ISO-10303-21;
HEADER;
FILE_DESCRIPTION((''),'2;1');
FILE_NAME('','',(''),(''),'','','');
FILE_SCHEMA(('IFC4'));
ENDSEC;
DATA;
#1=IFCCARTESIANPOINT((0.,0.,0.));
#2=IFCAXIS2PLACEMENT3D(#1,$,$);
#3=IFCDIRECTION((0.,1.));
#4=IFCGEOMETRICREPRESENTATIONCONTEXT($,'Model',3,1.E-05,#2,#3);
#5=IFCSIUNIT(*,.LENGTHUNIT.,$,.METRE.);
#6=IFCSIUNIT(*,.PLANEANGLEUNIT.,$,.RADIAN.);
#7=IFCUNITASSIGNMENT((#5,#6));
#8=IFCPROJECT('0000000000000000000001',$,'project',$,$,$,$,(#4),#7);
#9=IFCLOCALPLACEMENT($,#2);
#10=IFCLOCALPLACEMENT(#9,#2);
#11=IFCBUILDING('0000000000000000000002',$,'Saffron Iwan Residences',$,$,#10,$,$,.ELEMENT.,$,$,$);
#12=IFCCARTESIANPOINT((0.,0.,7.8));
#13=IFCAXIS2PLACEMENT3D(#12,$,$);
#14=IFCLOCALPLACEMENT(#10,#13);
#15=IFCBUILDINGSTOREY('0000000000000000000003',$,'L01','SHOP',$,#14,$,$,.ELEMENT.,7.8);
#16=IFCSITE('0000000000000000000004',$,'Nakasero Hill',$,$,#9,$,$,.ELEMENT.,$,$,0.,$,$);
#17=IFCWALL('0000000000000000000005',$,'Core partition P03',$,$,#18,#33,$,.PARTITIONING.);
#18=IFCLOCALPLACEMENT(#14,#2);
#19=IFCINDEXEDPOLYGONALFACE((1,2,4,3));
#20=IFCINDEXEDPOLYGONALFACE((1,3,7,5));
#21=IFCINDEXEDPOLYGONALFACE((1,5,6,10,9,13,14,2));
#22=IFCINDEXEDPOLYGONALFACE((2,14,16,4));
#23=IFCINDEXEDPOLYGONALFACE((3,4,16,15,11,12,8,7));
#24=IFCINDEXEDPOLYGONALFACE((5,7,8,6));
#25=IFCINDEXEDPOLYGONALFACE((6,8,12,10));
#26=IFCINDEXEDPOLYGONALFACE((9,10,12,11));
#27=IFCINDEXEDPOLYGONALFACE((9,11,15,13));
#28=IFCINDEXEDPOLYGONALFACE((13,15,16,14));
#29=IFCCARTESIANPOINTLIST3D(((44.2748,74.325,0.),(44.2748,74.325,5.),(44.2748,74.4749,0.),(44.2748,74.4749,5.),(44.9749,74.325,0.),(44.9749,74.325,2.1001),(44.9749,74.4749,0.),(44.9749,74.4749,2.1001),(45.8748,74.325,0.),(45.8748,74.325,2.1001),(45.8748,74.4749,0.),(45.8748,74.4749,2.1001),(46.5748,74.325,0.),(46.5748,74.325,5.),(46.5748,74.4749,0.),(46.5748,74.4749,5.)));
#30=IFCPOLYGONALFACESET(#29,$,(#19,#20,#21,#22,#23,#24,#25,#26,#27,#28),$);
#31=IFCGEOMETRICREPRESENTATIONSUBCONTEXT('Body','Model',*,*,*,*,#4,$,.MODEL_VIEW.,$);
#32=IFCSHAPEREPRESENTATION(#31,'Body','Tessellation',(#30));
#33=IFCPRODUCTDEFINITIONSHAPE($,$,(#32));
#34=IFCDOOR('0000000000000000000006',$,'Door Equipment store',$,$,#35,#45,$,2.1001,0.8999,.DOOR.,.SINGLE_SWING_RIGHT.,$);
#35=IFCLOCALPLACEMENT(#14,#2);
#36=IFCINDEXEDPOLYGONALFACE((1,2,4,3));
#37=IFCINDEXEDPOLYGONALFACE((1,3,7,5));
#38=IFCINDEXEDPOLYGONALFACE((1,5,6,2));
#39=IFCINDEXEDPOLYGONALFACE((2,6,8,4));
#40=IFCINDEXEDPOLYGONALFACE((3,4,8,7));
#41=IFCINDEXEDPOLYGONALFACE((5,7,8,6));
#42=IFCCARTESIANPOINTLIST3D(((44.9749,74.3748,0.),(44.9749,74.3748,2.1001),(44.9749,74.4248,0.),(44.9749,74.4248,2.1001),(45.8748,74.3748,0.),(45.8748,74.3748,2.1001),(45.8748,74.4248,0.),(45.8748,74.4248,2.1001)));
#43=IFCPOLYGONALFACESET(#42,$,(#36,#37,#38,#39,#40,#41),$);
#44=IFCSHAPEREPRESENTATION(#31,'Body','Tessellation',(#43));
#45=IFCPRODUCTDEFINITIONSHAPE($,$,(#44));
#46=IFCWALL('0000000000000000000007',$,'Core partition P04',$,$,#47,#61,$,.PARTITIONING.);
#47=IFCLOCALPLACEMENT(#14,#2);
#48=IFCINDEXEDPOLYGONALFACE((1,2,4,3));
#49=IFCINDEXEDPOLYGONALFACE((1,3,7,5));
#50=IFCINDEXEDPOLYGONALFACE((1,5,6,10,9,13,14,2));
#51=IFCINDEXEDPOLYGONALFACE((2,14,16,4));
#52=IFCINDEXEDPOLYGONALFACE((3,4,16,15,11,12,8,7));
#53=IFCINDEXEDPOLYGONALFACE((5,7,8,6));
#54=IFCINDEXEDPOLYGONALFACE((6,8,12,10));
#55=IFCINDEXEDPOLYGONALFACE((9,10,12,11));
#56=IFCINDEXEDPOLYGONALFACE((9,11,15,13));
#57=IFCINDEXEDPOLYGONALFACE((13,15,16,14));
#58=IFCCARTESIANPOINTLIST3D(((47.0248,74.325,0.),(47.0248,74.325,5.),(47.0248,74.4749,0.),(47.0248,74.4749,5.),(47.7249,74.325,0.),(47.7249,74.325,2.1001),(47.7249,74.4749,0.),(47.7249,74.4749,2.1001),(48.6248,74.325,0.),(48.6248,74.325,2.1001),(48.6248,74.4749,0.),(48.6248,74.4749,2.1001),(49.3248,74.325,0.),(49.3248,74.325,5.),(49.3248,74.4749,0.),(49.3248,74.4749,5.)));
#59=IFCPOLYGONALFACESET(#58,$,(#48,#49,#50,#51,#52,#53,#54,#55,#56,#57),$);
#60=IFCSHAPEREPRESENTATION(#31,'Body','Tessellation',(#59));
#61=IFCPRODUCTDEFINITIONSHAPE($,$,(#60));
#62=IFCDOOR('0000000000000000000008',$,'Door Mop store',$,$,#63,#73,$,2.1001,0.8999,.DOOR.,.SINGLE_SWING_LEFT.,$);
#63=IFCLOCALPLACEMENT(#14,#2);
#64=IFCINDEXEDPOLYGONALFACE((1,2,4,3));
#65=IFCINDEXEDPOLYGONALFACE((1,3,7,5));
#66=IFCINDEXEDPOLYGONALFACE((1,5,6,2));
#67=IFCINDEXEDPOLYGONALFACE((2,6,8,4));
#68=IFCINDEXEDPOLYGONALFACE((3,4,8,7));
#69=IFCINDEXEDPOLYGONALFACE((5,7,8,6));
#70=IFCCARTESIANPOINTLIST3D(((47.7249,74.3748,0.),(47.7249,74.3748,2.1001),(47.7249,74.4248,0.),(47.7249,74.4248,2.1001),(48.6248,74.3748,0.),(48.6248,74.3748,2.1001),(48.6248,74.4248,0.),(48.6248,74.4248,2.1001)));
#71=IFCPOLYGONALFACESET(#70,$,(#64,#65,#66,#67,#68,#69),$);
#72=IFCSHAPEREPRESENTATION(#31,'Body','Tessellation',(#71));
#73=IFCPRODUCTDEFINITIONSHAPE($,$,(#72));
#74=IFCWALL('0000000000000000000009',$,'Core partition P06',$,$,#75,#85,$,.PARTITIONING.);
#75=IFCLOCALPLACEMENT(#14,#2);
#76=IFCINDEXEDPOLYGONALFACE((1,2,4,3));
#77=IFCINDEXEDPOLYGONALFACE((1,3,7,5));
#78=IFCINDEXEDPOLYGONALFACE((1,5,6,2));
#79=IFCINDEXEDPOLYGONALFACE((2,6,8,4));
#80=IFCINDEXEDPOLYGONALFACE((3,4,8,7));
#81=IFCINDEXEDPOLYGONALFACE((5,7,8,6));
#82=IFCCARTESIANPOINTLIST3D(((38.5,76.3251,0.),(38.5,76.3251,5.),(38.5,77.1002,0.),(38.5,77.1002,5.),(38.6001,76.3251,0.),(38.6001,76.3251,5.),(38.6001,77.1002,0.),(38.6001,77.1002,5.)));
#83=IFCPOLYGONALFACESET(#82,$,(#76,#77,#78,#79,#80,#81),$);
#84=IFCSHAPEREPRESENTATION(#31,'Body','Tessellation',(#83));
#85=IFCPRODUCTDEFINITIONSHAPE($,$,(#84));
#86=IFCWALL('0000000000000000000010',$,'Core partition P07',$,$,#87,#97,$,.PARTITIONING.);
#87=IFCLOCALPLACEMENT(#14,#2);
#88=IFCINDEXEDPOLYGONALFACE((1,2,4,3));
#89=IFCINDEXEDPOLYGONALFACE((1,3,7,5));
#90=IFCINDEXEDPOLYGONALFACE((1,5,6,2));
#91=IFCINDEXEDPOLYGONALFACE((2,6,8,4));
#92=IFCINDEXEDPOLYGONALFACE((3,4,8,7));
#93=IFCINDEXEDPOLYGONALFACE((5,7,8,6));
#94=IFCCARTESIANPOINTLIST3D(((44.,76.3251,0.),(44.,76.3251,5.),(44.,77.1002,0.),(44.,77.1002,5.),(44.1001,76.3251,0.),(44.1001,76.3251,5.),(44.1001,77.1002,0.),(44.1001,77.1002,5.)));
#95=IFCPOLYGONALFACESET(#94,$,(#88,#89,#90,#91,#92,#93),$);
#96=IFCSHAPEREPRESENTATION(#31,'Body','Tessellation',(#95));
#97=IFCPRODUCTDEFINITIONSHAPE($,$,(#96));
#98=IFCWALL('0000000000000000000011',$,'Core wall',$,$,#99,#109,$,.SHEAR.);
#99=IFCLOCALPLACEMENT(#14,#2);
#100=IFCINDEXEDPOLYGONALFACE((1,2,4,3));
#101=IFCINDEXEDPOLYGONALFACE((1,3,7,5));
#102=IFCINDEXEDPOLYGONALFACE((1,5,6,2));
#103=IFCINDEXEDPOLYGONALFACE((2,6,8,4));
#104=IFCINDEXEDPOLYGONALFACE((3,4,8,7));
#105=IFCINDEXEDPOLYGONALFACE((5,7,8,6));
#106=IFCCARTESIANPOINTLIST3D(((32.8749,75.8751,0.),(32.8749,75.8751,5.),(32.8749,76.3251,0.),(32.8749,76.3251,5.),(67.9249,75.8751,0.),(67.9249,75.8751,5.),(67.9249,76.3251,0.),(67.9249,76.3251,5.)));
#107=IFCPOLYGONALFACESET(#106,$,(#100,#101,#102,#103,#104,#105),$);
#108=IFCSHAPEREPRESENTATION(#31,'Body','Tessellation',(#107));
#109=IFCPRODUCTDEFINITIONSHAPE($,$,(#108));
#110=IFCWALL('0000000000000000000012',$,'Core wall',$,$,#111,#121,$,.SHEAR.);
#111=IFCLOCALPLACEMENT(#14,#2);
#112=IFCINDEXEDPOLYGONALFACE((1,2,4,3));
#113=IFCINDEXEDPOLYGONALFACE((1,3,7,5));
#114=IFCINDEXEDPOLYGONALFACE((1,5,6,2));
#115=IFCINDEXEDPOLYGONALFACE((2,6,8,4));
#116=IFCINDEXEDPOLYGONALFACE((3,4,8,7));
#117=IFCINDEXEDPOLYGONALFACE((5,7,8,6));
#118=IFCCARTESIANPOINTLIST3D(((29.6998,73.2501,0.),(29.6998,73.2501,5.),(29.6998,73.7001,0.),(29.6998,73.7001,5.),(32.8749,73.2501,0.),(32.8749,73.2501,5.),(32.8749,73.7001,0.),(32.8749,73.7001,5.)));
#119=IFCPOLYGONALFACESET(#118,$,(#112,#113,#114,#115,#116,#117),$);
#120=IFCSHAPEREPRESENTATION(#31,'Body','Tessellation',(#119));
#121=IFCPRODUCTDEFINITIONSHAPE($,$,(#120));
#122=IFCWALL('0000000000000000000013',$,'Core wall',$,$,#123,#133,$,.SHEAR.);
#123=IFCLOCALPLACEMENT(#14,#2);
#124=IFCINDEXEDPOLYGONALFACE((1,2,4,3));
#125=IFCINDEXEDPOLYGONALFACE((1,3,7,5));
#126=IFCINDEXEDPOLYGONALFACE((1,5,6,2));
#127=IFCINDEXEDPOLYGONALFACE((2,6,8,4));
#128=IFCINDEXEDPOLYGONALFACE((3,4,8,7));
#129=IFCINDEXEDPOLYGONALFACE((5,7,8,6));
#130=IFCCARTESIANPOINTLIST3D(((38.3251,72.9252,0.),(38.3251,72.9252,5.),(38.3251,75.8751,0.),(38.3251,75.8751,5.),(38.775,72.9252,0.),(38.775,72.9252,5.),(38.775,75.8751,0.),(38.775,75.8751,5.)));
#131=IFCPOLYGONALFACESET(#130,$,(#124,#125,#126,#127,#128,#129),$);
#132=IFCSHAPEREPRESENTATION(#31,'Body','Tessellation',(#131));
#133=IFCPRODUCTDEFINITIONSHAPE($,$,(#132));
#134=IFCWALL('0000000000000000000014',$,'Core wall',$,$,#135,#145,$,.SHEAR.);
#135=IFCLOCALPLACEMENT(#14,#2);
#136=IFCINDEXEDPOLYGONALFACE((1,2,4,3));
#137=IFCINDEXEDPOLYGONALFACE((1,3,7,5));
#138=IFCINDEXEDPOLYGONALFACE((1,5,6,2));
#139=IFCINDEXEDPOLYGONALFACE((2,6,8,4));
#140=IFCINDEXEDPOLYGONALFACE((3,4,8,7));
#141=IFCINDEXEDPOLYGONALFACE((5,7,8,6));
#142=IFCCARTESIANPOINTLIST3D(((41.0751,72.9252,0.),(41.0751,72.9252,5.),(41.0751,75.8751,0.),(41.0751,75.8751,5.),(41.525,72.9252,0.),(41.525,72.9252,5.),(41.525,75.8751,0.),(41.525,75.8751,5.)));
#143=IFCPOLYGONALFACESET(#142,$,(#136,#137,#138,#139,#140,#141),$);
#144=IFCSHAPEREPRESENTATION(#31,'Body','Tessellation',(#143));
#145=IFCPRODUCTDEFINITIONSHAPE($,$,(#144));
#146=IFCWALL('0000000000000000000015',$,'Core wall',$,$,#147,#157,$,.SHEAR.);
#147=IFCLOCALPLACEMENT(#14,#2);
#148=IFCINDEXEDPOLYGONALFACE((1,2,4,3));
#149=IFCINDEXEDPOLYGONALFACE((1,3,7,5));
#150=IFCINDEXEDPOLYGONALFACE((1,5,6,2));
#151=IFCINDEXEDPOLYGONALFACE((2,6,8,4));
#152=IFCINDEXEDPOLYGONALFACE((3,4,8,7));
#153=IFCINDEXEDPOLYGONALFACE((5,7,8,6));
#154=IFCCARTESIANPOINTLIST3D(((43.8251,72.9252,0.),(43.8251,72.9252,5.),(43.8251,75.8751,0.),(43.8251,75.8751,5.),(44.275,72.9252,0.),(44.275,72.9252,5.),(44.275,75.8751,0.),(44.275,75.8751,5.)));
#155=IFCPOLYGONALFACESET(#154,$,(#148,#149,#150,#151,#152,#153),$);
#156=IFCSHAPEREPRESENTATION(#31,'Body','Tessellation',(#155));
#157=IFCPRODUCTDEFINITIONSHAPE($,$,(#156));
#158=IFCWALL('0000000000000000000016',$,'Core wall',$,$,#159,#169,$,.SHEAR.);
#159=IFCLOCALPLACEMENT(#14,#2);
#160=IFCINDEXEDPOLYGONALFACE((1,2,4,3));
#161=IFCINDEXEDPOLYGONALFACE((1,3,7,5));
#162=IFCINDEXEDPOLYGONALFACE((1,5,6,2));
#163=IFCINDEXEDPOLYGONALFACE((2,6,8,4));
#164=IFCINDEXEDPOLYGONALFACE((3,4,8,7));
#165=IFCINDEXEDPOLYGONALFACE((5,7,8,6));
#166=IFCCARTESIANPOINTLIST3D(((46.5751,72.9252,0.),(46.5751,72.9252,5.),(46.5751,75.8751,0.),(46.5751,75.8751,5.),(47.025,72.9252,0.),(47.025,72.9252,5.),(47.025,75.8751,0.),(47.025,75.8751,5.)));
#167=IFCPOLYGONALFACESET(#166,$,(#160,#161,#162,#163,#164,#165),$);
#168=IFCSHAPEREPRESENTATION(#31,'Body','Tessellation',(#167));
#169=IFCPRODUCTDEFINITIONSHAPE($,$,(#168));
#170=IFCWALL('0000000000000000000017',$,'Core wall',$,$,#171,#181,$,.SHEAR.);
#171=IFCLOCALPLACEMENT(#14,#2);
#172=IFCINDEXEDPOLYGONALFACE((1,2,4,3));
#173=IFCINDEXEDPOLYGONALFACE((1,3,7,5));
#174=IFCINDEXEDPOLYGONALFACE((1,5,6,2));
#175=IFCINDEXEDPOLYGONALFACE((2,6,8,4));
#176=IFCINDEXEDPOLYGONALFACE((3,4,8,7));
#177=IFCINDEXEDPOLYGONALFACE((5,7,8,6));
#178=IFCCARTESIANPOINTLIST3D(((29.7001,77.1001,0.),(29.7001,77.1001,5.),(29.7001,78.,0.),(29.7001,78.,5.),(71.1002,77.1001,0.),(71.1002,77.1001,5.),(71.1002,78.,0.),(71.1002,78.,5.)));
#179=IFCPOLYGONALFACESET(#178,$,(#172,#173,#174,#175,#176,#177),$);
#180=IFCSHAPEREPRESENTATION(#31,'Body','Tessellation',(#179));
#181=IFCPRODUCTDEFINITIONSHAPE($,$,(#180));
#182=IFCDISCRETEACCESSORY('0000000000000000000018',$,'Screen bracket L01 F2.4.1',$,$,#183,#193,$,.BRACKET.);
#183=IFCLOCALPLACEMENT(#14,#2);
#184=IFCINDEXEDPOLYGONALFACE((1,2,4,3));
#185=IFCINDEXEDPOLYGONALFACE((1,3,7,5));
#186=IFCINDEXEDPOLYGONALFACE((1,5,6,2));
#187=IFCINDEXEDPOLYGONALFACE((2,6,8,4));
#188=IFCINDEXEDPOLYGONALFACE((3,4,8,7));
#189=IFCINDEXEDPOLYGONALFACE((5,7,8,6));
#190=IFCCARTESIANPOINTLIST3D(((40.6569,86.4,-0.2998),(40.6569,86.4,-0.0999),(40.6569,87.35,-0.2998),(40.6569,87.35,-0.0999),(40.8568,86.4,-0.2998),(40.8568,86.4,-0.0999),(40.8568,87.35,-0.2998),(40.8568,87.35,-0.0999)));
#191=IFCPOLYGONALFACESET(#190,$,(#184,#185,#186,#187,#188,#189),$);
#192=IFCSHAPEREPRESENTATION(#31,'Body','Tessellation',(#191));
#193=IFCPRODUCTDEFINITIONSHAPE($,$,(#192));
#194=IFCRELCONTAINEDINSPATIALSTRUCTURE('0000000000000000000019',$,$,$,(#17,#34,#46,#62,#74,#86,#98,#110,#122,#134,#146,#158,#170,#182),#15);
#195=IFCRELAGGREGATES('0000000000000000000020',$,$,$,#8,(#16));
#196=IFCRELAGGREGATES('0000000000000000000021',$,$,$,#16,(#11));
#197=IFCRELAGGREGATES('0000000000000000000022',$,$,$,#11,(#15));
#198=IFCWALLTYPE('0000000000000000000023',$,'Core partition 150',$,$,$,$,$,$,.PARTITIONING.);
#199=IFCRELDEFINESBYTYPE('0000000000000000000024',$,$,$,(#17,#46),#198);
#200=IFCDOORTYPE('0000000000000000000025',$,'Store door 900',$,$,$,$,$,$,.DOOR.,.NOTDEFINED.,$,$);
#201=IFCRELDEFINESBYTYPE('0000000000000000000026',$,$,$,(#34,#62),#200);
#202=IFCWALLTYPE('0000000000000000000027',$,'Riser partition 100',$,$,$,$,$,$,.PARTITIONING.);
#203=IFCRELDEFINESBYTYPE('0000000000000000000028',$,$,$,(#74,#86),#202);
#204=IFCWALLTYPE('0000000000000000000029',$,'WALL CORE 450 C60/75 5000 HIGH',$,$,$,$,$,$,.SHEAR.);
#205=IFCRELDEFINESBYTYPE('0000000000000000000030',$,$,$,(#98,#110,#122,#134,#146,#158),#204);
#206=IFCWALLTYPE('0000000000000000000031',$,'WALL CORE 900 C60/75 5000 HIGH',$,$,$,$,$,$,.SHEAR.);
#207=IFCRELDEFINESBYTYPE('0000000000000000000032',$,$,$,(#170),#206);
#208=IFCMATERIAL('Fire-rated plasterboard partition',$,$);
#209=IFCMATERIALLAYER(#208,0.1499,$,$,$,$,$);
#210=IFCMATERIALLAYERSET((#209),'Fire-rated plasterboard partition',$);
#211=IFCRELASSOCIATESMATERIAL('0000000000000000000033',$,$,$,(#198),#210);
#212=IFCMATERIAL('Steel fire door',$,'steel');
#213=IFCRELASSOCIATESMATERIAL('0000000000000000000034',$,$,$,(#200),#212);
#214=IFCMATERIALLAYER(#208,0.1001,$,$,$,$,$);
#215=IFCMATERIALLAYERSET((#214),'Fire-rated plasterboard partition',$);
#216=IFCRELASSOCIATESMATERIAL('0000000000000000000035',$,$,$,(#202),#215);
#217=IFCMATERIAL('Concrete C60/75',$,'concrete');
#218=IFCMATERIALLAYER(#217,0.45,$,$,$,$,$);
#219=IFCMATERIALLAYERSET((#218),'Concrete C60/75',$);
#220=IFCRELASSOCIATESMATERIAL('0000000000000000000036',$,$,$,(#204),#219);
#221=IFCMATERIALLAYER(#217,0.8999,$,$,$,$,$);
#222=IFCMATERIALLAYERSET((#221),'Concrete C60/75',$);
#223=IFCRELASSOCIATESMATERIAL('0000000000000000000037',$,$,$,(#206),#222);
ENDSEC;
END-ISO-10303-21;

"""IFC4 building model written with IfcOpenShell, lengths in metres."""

from ifc_helpers import new_model, si_unit, direction, frame, frame_2d, origin, origin_2d, place, context, subcontext, project, spatial, rectangle, extrude, source, transform, mapped, material, layer, layer_set, type_object, element, fill, save


model = new_model("IFC4")

# Units and contexts
model_context = context("Model", 3, precision=1e-05, world=origin(), true_north=direction((0.0, 1.0)))
body_context = subcontext(model_context, "Body", "Model", "MODEL_VIEW")
ifc_project = project(units=[si_unit("LENGTHUNIT", "METRE"), si_unit("PLANEANGLEUNIT", "RADIAN")], contexts=[model_context])

# Site, building, storey
site_placement = place(None, origin())
site = spatial("IfcSite", under=ifc_project, at=site_placement, Name="Nakasero Hill", CompositionType="ELEMENT", RefElevation=0.0)
building_placement = place(site_placement, origin())
building = spatial("IfcBuilding", under=site, at=building_placement, Name="Saffron Iwan Residences", CompositionType="ELEMENT")
storey_placement = place(building_placement, frame((0.0, 0.0, 7.8)))
storey = spatial("IfcBuildingStorey", under=building, at=storey_placement, Name="L01", Description="SHOP", CompositionType="ELEMENT", Elevation=7.8)

# Walls, openings, doors
ifc_material_1 = material(Name="Fire-rated plasterboard partition")
ifc_layer_1 = layer(ifc_material_1, 0.1499)
ifc_layer_set_1 = layer_set([ifc_layer_1], Name="Fire-rated plasterboard partition")
wall_type_1 = type_object("IfcWallType", Name="Core partition 150", PredefinedType="PARTITIONING", material=ifc_layer_set_1)
ifc_material_2 = material(Name="Steel fire door", Category="steel")
door_type = type_object("IfcDoorType", Name="Store door 900", OperationType="NOTDEFINED", PredefinedType="DOOR", material=ifc_material_2)
wall_1_placement = place(storey_placement, frame((44.2749, 74.3999, 0.0), z_axis=(0.0, 0.0, 1.0), x_axis=(1.0, 0.0, 0.0)))
wall_1 = element("IfcWall", 1, at=wall_1_placement, inside=storey, type_object=wall_type_1, Name="Core partition P03", PredefinedType="PARTITIONING", context=body_context, shape_type="SweptSolid", body=[
    extrude(rectangle(XDim=2.3, YDim=0.1499, at=frame_2d((1.1499, 0.0))), origin(), (0.0, 0.0, 1.0), 5.0),
])
opening_1_placement = place(wall_1_placement, frame((0.7, 0.0, 0.0)))
opening_1 = element("IfcOpeningElement", 2, at=opening_1_placement, cuts=wall_1, PredefinedType="OPENING", context=body_context, shape_type="SweptSolid", body=[
    extrude(rectangle(XDim=0.8999, YDim=2.1001, at=frame_2d((0.45, 1.05))), frame((0.0, 0.085, 0.0), z_axis=(0.0, -1.0, 0.0), x_axis=(1.0, 0.0, 0.0)), (0.0, 0.0, 1.0), 0.1699),
])
door_1_placement = place(opening_1_placement, origin())
door_1 = element("IfcDoor", 3, at=door_1_placement, inside=storey, type_object=door_type, Name="Door Equipment store", OperationType="SINGLE_SWING_RIGHT", OverallHeight=2.1001, OverallWidth=0.8999, PredefinedType="DOOR", context=body_context, shape_type="SweptSolid", body=[
    extrude(rectangle(XDim=0.8999, YDim=2.1001, at=frame_2d((0.45, 1.05))), frame((0.0, 0.0249, 0.0), z_axis=(0.0, -1.0, 0.0), x_axis=(1.0, 0.0, 0.0)), (0.0, 0.0, 1.0), 0.05),
])
fill(opening_1, door_1)
wall_2_placement = place(storey_placement, frame((47.0249, 74.3999, 0.0), z_axis=(0.0, 0.0, 1.0), x_axis=(1.0, 0.0, 0.0)))
wall_2 = element("IfcWall", 4, at=wall_2_placement, inside=storey, type_object=wall_type_1, Name="Core partition P04", PredefinedType="PARTITIONING", context=body_context, shape_type="SweptSolid", body=[
    extrude(rectangle(XDim=2.3, YDim=0.1499, at=frame_2d((1.1499, 0.0))), origin(), (0.0, 0.0, 1.0), 5.0),
])
opening_2_placement = place(wall_2_placement, frame((0.7, 0.0, 0.0)))
opening_2 = element("IfcOpeningElement", 5, at=opening_2_placement, cuts=wall_2, PredefinedType="OPENING", context=body_context, shape_type="SweptSolid", body=[
    extrude(rectangle(XDim=0.8999, YDim=2.1001, at=frame_2d((0.45, 1.05))), frame((0.0, 0.085, 0.0), z_axis=(0.0, -1.0, 0.0), x_axis=(1.0, 0.0, 0.0)), (0.0, 0.0, 1.0), 0.1699),
])
door_2_placement = place(opening_2_placement, origin())
door_2 = element("IfcDoor", 6, at=door_2_placement, inside=storey, type_object=door_type, Name="Door Mop store", OperationType="SINGLE_SWING_LEFT", OverallHeight=2.1001, OverallWidth=0.8999, PredefinedType="DOOR", context=body_context, shape_type="SweptSolid", body=[
    extrude(rectangle(XDim=0.8999, YDim=2.1001, at=frame_2d((0.45, 1.05))), frame((0.0, 0.0249, 0.0), z_axis=(0.0, -1.0, 0.0), x_axis=(1.0, 0.0, 0.0)), (0.0, 0.0, 1.0), 0.05),
])
fill(opening_2, door_2)

# Walls
ifc_layer_2 = layer(ifc_material_1, 0.1001)
ifc_layer_set_2 = layer_set([ifc_layer_2], Name="Fire-rated plasterboard partition")
wall_type_2 = type_object("IfcWallType", Name="Riser partition 100", PredefinedType="PARTITIONING", material=ifc_layer_set_2)
for number, where, z_axis, x_axis, name in (
    (7, (38.55, 76.325, 0.0), (0.0, 0.0, 1.0), (0.0, 1.0, 0.0), "Core partition P06"),
    (8, (44.05, 76.325, 0.0), (0.0, 0.0, 1.0), (0.0, 1.0, 0.0), "Core partition P07"),
):
    element("IfcWall", number, at=place(storey_placement, frame(where, z_axis=z_axis, x_axis=x_axis)), inside=storey, type_object=wall_type_2, Name=name, PredefinedType="PARTITIONING", context=body_context, shape_type="SweptSolid", body=[
        extrude(rectangle(XDim=0.7751, YDim=0.1001, at=frame_2d((0.3877, 0.0))), origin(), (0.0, 0.0, 1.0), 5.0),
    ])
ifc_material_3 = material(Name="Concrete C60/75", Category="concrete")
ifc_layer_3 = layer(ifc_material_3, 0.45)
ifc_layer_set_3 = layer_set([ifc_layer_3], Name="Concrete C60/75")
wall_type_3 = type_object("IfcWallType", Name="WALL CORE 450 C60/75 5000 HIGH", PredefinedType="SHEAR", material=ifc_layer_set_3)
wall_3_placement = place(storey_placement, frame((32.875, 76.1001, 0.0), z_axis=(0.0, 0.0, 1.0), x_axis=(1.0, 0.0, 0.0)))
element("IfcWall", 9, at=wall_3_placement, inside=storey, type_object=wall_type_3, Name="Core wall", PredefinedType="SHEAR", context=body_context, shape_type="SweptSolid", body=[
    extrude(rectangle(XDim=35.05, YDim=0.45, at=frame_2d((17.5249, 0.0))), origin(), (0.0, 0.0, 1.0), 5.0),
])
wall_4_placement = place(storey_placement, frame((29.7, 73.4751, 0.0), z_axis=(0.0, 0.0, 1.0), x_axis=(1.0, 0.0, 0.0)))
element("IfcWall", 10, at=wall_4_placement, inside=storey, type_object=wall_type_3, Name="Core wall", PredefinedType="SHEAR", context=body_context, shape_type="SweptSolid", body=[
    extrude(rectangle(XDim=3.175, YDim=0.45, at=frame_2d((1.5874, 0.0))), origin(), (0.0, 0.0, 1.0), 5.0),
])
for number, where, z_axis, x_axis, name in (
    (11, (38.55, 72.925, 0.0), (0.0, 0.0, 1.0), (0.0, 1.0, 0.0), "Core wall"),
    (12, (41.3, 72.925, 0.0), (0.0, 0.0, 1.0), (0.0, 1.0, 0.0), "Core wall"),
    (13, (44.05, 72.925, 0.0), (0.0, 0.0, 1.0), (0.0, 1.0, 0.0), "Core wall"),
    (14, (46.8, 72.925, 0.0), (0.0, 0.0, 1.0), (0.0, 1.0, 0.0), "Core wall"),
):
    element("IfcWall", number, at=place(storey_placement, frame(where, z_axis=z_axis, x_axis=x_axis)), inside=storey, type_object=wall_type_3, Name=name, PredefinedType="SHEAR", context=body_context, shape_type="SweptSolid", body=[
        extrude(rectangle(XDim=2.95, YDim=0.45, at=frame_2d((1.4751, 0.0))), origin(), (0.0, 0.0, 1.0), 5.0),
    ])
ifc_layer_4 = layer(ifc_material_3, 0.8999)
ifc_layer_set_4 = layer_set([ifc_layer_4], Name="Concrete C60/75")
wall_type_4 = type_object("IfcWallType", Name="WALL CORE 900 C60/75 5000 HIGH", PredefinedType="SHEAR", material=ifc_layer_set_4)
wall_5_placement = place(storey_placement, frame((29.7, 77.55, 0.0), z_axis=(0.0, 0.0, 1.0), x_axis=(1.0, 0.0, 0.0)))
element("IfcWall", 15, at=wall_5_placement, inside=storey, type_object=wall_type_4, Name="Core wall", PredefinedType="SHEAR", context=body_context, shape_type="SweptSolid", body=[
    extrude(rectangle(XDim=41.4001, YDim=0.8999, at=frame_2d((20.7002, 0.0))), origin(), (0.0, 0.0, 1.0), 5.0),
])

# Discrete accessory
shared_shape_1 = source(origin(), body_context, "Body", "SweptSolid", [
    extrude(rectangle(XDim=0.95, YDim=0.2, at=origin_2d()), origin(), (0.0, 0.0, 1.0), 0.2),
])
for number, where, z_axis, x_axis, name in (
    (16, (40.7568, 86.875, -0.2998), (0.0, 0.0, 1.0), (0.0, 1.0, 0.0), "Screen bracket L01 F2.4.1"),
):
    element("IfcDiscreteAccessory", number, at=place(storey_placement, frame(where, z_axis=z_axis, x_axis=x_axis)), inside=storey, Name=name, PredefinedType="BRACKET", context=body_context, shape_type="MappedRepresentation", body=[
        mapped(shared_shape_1, transform((0.0, 0.0, 0.0))),
    ])

save(model, "model.ifc")
